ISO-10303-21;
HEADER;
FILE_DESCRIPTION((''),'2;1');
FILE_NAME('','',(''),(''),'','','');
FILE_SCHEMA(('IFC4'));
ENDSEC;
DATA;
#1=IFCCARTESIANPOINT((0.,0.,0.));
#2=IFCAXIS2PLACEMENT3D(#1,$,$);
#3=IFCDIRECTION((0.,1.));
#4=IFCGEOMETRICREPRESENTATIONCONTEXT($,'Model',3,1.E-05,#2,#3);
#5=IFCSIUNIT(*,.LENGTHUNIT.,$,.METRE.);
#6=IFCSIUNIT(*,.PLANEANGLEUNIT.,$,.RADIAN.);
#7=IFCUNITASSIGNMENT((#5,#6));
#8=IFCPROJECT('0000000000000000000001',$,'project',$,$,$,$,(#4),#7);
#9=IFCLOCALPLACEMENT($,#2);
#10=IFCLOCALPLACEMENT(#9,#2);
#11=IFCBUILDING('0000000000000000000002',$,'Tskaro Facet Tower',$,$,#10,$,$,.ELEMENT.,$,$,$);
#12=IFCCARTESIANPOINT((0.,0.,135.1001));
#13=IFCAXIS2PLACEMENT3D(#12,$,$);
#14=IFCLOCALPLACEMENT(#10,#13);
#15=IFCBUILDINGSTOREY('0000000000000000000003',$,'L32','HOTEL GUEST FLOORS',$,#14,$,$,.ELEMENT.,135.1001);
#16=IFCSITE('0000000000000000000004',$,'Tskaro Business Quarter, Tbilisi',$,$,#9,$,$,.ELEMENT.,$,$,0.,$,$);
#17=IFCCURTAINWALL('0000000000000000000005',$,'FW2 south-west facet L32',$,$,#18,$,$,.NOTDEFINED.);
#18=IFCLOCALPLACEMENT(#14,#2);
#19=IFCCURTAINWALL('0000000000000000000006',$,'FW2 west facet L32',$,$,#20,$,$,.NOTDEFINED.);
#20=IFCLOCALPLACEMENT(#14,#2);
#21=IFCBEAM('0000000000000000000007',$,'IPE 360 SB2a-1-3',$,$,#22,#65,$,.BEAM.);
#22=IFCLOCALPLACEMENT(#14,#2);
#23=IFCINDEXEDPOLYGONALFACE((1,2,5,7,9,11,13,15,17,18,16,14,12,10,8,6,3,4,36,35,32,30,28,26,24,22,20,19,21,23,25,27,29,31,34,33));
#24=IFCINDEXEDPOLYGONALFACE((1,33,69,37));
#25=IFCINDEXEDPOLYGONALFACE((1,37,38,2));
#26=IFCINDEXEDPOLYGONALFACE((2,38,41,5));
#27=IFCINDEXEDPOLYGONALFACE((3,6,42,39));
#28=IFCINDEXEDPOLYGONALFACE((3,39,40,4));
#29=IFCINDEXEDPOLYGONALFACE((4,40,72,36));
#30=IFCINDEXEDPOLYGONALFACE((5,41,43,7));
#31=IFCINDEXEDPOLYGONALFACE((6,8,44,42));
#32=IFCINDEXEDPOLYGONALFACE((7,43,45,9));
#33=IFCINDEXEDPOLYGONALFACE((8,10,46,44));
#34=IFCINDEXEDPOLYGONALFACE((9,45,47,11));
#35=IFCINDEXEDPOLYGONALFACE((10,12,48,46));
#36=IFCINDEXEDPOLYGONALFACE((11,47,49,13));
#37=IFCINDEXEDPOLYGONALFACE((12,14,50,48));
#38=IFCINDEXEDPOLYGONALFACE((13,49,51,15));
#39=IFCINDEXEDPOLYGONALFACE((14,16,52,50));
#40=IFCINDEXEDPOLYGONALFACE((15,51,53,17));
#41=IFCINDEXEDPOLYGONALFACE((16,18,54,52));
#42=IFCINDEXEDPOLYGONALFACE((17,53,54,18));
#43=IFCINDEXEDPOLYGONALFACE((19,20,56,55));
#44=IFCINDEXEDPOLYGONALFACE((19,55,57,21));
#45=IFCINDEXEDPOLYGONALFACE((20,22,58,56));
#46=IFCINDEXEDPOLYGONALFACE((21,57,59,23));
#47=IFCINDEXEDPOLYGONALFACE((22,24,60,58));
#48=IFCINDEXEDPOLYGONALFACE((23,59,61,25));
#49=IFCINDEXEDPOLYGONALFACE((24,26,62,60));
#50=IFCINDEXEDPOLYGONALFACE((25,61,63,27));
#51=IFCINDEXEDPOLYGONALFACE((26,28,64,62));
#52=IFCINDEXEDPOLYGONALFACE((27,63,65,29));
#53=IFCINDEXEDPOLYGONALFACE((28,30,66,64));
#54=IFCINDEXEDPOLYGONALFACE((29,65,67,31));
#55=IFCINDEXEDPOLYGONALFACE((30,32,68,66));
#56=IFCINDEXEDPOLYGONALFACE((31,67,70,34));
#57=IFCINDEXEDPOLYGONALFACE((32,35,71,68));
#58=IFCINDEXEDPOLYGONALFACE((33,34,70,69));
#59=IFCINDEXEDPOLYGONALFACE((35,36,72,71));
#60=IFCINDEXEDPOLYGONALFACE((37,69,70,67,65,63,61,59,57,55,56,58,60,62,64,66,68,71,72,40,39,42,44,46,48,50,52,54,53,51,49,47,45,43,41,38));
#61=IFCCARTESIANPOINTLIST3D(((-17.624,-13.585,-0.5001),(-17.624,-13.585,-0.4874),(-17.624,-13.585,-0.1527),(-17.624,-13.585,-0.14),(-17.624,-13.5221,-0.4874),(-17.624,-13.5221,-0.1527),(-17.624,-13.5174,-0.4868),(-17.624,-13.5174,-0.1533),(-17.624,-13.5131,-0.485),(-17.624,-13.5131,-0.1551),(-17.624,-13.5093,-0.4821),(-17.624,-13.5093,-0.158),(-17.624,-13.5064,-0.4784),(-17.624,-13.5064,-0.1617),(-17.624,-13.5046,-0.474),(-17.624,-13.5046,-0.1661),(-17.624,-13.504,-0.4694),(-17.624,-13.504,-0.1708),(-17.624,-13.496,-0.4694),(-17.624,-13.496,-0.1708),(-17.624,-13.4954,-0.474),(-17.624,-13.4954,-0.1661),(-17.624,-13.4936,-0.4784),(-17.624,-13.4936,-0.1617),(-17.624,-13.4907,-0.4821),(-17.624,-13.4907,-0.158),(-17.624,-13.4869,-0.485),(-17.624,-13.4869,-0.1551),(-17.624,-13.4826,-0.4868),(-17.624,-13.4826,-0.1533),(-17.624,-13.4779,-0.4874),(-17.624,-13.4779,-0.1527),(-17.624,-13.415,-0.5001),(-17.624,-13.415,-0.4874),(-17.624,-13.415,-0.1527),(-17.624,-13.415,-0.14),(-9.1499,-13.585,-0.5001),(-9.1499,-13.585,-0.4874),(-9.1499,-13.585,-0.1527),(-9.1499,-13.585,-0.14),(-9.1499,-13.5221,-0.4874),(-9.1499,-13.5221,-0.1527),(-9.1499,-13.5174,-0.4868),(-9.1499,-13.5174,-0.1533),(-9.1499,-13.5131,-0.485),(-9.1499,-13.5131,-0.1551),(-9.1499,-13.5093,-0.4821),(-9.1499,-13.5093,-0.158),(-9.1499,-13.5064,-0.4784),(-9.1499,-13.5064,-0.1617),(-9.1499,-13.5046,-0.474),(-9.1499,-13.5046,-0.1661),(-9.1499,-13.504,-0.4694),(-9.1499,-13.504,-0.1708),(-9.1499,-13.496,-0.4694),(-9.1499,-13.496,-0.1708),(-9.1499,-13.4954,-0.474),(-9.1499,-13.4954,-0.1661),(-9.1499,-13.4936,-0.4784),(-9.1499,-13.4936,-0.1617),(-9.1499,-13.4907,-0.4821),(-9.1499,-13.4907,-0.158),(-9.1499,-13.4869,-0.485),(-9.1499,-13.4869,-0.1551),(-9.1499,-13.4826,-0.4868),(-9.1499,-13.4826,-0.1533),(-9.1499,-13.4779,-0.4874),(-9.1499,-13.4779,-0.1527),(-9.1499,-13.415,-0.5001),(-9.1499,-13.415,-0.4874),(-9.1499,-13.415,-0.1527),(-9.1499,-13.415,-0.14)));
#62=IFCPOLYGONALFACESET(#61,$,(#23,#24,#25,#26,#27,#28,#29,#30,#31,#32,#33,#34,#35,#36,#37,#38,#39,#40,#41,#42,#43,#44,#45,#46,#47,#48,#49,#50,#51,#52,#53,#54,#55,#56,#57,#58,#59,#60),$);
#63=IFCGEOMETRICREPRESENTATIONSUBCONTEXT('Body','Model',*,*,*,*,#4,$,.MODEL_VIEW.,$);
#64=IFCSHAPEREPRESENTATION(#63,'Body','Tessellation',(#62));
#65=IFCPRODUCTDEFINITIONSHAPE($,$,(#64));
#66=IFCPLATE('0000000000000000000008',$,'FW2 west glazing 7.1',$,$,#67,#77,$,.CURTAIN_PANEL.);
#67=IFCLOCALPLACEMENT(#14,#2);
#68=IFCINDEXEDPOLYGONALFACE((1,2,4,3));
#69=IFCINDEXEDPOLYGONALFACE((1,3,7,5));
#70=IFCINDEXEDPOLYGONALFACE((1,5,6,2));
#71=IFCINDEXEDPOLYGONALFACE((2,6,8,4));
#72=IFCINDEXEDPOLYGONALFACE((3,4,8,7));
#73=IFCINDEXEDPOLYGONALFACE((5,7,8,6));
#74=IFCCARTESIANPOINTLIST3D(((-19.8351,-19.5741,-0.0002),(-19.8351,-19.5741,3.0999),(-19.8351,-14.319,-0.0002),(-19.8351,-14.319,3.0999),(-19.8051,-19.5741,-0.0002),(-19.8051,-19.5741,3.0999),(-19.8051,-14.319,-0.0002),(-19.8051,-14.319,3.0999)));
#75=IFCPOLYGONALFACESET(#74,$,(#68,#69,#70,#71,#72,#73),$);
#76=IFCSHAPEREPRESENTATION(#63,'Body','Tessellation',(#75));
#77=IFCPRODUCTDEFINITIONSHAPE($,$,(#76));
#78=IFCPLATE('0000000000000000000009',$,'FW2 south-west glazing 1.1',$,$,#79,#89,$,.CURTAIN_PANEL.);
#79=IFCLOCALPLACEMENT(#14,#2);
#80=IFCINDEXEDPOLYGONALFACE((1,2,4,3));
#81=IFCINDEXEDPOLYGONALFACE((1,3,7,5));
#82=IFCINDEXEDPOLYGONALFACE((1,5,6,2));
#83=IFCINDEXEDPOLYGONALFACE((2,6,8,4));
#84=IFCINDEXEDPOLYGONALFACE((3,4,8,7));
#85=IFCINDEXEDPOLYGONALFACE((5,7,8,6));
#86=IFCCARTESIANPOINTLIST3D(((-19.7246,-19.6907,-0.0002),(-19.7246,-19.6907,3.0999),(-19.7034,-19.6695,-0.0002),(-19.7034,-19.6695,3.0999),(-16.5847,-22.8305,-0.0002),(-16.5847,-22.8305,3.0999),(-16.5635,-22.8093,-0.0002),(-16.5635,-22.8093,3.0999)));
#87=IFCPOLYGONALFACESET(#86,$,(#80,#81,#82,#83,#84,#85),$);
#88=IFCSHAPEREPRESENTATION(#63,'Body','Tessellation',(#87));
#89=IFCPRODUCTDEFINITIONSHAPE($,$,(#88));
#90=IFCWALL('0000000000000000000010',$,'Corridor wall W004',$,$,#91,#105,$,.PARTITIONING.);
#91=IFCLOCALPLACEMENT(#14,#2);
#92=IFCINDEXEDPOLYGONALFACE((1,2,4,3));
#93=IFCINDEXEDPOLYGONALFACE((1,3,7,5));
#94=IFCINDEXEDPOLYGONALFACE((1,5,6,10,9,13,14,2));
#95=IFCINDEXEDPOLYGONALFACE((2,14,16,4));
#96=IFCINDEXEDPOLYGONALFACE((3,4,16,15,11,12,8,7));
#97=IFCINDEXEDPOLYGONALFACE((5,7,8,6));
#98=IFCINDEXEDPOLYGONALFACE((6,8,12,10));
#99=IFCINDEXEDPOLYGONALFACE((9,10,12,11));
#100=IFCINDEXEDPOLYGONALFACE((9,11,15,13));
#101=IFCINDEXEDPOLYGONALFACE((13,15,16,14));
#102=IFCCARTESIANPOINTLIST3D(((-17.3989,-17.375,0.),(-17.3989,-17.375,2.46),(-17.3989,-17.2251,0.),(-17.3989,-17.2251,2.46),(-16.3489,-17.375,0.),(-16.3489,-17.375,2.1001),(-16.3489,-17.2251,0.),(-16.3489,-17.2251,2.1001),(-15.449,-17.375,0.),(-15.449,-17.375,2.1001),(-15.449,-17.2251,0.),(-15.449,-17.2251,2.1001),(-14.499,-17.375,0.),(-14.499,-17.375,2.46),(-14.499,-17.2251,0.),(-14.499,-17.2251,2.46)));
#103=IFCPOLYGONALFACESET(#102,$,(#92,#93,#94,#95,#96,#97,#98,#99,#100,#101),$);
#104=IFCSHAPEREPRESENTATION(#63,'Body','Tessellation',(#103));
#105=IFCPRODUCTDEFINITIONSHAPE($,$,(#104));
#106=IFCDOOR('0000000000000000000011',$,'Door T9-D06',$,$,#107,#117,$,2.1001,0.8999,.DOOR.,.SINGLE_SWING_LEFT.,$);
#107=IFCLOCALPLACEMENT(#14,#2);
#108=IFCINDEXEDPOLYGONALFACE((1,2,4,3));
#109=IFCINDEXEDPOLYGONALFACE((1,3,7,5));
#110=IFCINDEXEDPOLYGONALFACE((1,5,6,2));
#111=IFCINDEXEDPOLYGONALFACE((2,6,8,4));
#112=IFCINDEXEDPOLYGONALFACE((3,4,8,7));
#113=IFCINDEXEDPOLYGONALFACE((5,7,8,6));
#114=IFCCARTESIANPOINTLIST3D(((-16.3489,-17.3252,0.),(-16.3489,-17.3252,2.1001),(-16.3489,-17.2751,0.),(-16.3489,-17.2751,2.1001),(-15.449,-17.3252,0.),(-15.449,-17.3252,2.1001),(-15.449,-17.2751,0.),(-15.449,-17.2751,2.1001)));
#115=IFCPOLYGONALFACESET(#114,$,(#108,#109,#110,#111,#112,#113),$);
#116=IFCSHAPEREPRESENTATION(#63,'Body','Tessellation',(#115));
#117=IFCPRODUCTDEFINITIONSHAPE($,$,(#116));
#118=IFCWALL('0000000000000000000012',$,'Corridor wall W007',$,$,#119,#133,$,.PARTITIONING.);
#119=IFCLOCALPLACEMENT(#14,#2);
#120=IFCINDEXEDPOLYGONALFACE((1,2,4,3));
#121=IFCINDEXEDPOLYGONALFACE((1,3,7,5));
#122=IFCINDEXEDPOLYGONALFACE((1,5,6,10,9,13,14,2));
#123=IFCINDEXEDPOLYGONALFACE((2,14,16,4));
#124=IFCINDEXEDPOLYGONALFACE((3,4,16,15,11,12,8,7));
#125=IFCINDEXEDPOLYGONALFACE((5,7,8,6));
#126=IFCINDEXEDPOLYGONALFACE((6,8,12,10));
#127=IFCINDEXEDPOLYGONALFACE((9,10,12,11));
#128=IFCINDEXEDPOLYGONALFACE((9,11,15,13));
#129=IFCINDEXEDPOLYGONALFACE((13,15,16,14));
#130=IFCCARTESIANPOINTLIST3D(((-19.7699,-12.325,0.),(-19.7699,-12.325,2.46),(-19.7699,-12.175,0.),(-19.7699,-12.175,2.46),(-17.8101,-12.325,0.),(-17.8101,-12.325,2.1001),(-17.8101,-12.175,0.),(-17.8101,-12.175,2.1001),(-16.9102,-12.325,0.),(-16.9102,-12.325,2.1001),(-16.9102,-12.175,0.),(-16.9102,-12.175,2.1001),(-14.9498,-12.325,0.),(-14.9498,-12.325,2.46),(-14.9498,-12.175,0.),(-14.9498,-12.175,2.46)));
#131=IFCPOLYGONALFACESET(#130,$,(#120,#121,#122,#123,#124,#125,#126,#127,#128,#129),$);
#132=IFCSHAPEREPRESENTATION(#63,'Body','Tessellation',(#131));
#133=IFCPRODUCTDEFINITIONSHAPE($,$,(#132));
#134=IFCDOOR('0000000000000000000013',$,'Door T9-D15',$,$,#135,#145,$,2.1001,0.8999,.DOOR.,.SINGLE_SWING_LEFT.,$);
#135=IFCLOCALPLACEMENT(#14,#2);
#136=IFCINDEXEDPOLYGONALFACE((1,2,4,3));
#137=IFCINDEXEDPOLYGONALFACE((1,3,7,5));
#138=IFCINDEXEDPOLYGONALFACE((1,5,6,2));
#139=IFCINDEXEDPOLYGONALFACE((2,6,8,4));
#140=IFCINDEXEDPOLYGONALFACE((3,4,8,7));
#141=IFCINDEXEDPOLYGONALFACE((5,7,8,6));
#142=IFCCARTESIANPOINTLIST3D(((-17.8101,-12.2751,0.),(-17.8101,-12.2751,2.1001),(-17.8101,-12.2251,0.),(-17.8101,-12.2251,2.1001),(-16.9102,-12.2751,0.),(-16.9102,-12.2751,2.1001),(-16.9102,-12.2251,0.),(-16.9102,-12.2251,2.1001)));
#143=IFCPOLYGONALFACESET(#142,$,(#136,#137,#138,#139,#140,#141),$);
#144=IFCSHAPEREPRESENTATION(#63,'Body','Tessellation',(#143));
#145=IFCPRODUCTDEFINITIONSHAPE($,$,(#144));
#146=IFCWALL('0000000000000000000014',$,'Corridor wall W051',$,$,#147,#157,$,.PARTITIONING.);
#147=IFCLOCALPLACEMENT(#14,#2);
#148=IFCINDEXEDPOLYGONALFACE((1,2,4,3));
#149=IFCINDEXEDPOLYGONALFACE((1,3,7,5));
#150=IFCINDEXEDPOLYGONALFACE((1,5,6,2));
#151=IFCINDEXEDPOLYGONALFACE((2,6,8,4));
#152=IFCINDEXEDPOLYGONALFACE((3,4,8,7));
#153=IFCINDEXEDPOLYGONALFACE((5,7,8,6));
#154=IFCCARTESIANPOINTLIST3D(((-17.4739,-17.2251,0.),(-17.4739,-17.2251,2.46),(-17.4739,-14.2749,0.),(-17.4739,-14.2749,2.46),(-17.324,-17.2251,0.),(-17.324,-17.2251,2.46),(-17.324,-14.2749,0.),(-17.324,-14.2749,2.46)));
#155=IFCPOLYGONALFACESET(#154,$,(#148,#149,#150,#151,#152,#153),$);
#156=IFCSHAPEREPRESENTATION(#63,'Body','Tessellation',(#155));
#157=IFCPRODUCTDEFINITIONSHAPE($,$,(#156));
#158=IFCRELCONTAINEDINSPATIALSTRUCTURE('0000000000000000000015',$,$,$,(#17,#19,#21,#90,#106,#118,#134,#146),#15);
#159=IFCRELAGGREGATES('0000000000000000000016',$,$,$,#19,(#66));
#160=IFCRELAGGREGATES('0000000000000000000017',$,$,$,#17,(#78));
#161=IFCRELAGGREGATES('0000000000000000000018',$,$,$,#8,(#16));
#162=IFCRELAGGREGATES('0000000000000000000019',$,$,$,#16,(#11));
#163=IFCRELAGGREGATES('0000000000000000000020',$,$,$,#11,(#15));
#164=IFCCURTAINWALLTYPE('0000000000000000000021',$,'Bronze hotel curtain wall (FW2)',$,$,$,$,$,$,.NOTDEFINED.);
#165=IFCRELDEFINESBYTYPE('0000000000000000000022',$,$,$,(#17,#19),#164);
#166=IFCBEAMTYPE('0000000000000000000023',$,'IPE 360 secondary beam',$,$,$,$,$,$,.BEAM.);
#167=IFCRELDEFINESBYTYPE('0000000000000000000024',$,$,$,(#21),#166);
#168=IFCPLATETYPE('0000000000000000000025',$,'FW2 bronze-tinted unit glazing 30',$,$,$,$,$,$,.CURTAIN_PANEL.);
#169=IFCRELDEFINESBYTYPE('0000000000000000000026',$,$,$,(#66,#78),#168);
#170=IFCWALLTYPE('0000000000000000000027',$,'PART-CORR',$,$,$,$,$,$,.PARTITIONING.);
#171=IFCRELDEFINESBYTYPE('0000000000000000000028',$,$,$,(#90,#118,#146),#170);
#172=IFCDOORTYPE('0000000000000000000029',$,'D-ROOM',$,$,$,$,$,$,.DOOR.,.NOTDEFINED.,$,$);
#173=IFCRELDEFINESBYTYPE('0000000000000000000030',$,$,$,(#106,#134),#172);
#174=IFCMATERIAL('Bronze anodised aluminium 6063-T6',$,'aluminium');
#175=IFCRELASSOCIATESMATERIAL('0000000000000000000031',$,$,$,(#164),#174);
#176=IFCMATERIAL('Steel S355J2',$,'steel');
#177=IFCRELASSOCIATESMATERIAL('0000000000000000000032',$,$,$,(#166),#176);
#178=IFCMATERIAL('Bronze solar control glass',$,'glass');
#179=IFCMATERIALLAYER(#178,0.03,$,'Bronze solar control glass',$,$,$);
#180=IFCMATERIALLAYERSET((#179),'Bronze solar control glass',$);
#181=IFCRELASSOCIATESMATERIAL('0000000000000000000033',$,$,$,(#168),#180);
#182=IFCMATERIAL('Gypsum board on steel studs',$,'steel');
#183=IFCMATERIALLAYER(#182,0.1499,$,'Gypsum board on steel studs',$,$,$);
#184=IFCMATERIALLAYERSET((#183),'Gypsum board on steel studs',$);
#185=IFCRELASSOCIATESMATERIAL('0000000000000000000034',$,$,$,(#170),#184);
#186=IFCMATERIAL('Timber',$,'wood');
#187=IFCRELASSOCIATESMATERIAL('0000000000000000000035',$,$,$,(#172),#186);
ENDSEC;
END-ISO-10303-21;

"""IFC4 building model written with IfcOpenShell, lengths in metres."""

from ifc_helpers import new_model, si_unit, direction, frame, frame_2d, origin, origin_2d, place, context, subcontext, project, spatial, rectangle, i_section, extrude, material, layer, layer_set, material_profile, profile_set, type_object, element, fill, aggregate, save


model = new_model("IFC4")

# Units and contexts
model_context = context("Model", 3, precision=1e-05, world=origin(), true_north=direction((0.0, 1.0)))
body_context = subcontext(model_context, "Body", "Model", "MODEL_VIEW")
ifc_project = project(units=[si_unit("LENGTHUNIT", "METRE"), si_unit("PLANEANGLEUNIT", "RADIAN")], contexts=[model_context])

# Site, building, storey
site_placement = place(None, origin())
site = spatial("IfcSite", under=ifc_project, at=site_placement, Name="Tskaro Business Quarter, Tbilisi", CompositionType="ELEMENT", RefElevation=0.0)
building_placement = place(site_placement, origin())
building = spatial("IfcBuilding", under=site, at=building_placement, Name="Tskaro Facet Tower", CompositionType="ELEMENT")
storey_placement = place(building_placement, frame((0.0, 0.0, 135.1001)))
storey = spatial("IfcBuildingStorey", under=building, at=storey_placement, Name="L32", Description="HOTEL GUEST FLOORS", CompositionType="ELEMENT", Elevation=135.1001)

# Curtain walls
ifc_material_1 = material(Name="Bronze anodised aluminium 6063-T6", Category="aluminium")
curtain_wall_type = type_object("IfcCurtainWallType", Name="Bronze hotel curtain wall (FW2)", PredefinedType="NOTDEFINED", material=ifc_material_1)
curtain_wall_1_placement = place(storey_placement, origin())
curtain_wall_1 = element("IfcCurtainWall", 1, at=curtain_wall_1_placement, inside=storey, type_object=curtain_wall_type, Name="FW2 south-west facet L32", PredefinedType="NOTDEFINED")
curtain_wall_2_placement = place(storey_placement, origin())
curtain_wall_2 = element("IfcCurtainWall", 2, at=curtain_wall_2_placement, inside=storey, type_object=curtain_wall_type, Name="FW2 west facet L32", PredefinedType="NOTDEFINED")

# Beam
ifc_material_2 = material(Name="Steel S355J2", Category="steel")
ifc_material_profile_1 = material_profile(ifc_material_2, i_section(OverallWidth=0.1699, OverallDepth=0.3601, WebThickness=0.0081, FlangeThickness=0.0127, FilletRadius=0.0181, at=origin_2d()), Name="IPE 360")
ifc_profile_set_1 = profile_set([ifc_material_profile_1], Name="Steel S355J2")
beam_type_1 = type_object("IfcBeamType", Name="IPE 360 secondary beam", PredefinedType="BEAM", material=ifc_profile_set_1)
beam_1_placement = place(storey_placement, frame((-17.624, -13.5, -0.3201), z_axis=(1.0, 0.0, 0.0), x_axis=(0.0, 1.0, 0.0)))
element("IfcBeam", 3, at=beam_1_placement, inside=storey, type_object=beam_type_1, Name="IPE 360 SB2a-1-3", PredefinedType="BEAM", context=body_context, shape_type="SweptSolid", body=[
    extrude(i_section(OverallWidth=0.1699, OverallDepth=0.3601, WebThickness=0.0081, FlangeThickness=0.0127, FilletRadius=0.0181, at=origin_2d()), origin(), (0.0, 0.0, 1.0), 8.4741),
])

# Plates
ifc_material_3 = material(Name="Bronze solar control glass", Category="glass")
ifc_layer_1 = layer(ifc_material_3, 0.03, Name="Bronze solar control glass")
ifc_layer_set_1 = layer_set([ifc_layer_1], Name="Bronze solar control glass")
plate_type = type_object("IfcPlateType", Name="FW2 bronze-tinted unit glazing 30", PredefinedType="CURTAIN_PANEL", material=ifc_layer_set_1)
plate_1_placement = place(storey_placement, frame((-19.8201, -16.9465, -0.0002), z_axis=(0.0, 0.0, 1.0), x_axis=(0.0, -1.0, 0.0)))
plate_1 = element("IfcPlate", 4, at=plate_1_placement, type_object=plate_type, Name="FW2 west glazing 7.1", PredefinedType="CURTAIN_PANEL", context=body_context, shape_type="SweptSolid", body=[
    extrude(rectangle(XDim=5.2551, YDim=0.03, at=origin_2d()), origin(), (0.0, 0.0, 1.0), 3.1001),
])
aggregate(curtain_wall_2, [plate_1])
plate_2_placement = place(storey_placement, frame((-18.144, -21.25, -0.0002), z_axis=(0.0, 0.0, 1.0), x_axis=(0.707107, -0.707107, 0.0)))
plate_2 = element("IfcPlate", 5, at=plate_2_placement, type_object=plate_type, Name="FW2 south-west glazing 1.1", PredefinedType="CURTAIN_PANEL", context=body_context, shape_type="SweptSolid", body=[
    extrude(rectangle(XDim=4.4404, YDim=0.03, at=origin_2d()), origin(), (0.0, 0.0, 1.0), 3.1001),
])
aggregate(curtain_wall_1, [plate_2])

# Walls, openings, doors
ifc_material_4 = material(Name="Gypsum board on steel studs", Category="steel")
ifc_layer_2 = layer(ifc_material_4, 0.1499, Name="Gypsum board on steel studs")
ifc_layer_set_2 = layer_set([ifc_layer_2], Name="Gypsum board on steel studs")
wall_type_1 = type_object("IfcWallType", Name="PART-CORR", PredefinedType="PARTITIONING", material=ifc_layer_set_2)
wall_1_placement = place(storey_placement, frame((-17.3989, -17.3, 0.0), z_axis=(0.0, 0.0, 1.0), x_axis=(1.0, 0.0, 0.0)))
wall_1 = element("IfcWall", 6, at=wall_1_placement, inside=storey, type_object=wall_type_1, Name="Corridor wall W004", PredefinedType="PARTITIONING", context=body_context, shape_type="SweptSolid", body=[
    extrude(rectangle(XDim=2.8999, YDim=0.1499, at=frame_2d((1.45, 0.0))), origin(), (0.0, 0.0, 1.0), 2.46),
])
opening_1_placement = place(wall_1_placement, frame((1.05, 0.0, 0.0)))
opening_1 = element("IfcOpeningElement", 7, at=opening_1_placement, cuts=wall_1, PredefinedType="OPENING", context=body_context, shape_type="SweptSolid", body=[
    extrude(rectangle(XDim=0.8999, YDim=2.1001, at=frame_2d((0.45, 1.05))), frame((0.0, 0.085, 0.0), z_axis=(0.0, -1.0, 0.0), x_axis=(1.0, 0.0, 0.0)), (0.0, 0.0, 1.0), 0.1699),
])
ifc_material_5 = material(Name="Timber", Category="wood")
door_type_1 = type_object("IfcDoorType", Name="D-ROOM", OperationType="NOTDEFINED", PredefinedType="DOOR", material=ifc_material_5)
door_1_placement = place(opening_1_placement, origin())
door_1 = element("IfcDoor", 8, at=door_1_placement, inside=storey, type_object=door_type_1, Name="Door T9-D06", OperationType="SINGLE_SWING_LEFT", OverallHeight=2.1001, OverallWidth=0.8999, PredefinedType="DOOR", context=body_context, shape_type="SweptSolid", body=[
    extrude(rectangle(XDim=0.8999, YDim=2.1001, at=frame_2d((0.45, 1.05))), frame((0.0, 0.0249, 0.0), z_axis=(0.0, -1.0, 0.0), x_axis=(1.0, 0.0, 0.0)), (0.0, 0.0, 1.0), 0.05),
])
fill(opening_1, door_1)
wall_2_placement = place(storey_placement, frame((-19.77, -12.25, 0.0), z_axis=(0.0, 0.0, 1.0), x_axis=(1.0, 0.0, 0.0)))
wall_2 = element("IfcWall", 9, at=wall_2_placement, inside=storey, type_object=wall_type_1, Name="Corridor wall W007", PredefinedType="PARTITIONING", context=body_context, shape_type="SweptSolid", body=[
    extrude(rectangle(XDim=4.8201, YDim=0.1499, at=frame_2d((2.4102, 0.0))), origin(), (0.0, 0.0, 1.0), 2.46),
])
opening_2_placement = place(wall_2_placement, frame((1.96, 0.0, 0.0)))
opening_2 = element("IfcOpeningElement", 10, at=opening_2_placement, cuts=wall_2, PredefinedType="OPENING", context=body_context, shape_type="SweptSolid", body=[
    extrude(rectangle(XDim=0.8999, YDim=2.1001, at=frame_2d((0.45, 1.05))), frame((0.0, 0.085, 0.0), z_axis=(0.0, -1.0, 0.0), x_axis=(1.0, 0.0, 0.0)), (0.0, 0.0, 1.0), 0.1699),
])
door_2_placement = place(opening_2_placement, origin())
door_2 = element("IfcDoor", 11, at=door_2_placement, inside=storey, type_object=door_type_1, Name="Door T9-D15", OperationType="SINGLE_SWING_LEFT", OverallHeight=2.1001, OverallWidth=0.8999, PredefinedType="DOOR", context=body_context, shape_type="SweptSolid", body=[
    extrude(rectangle(XDim=0.8999, YDim=2.1001, at=frame_2d((0.45, 1.05))), frame((0.0, 0.0249, 0.0), z_axis=(0.0, -1.0, 0.0), x_axis=(1.0, 0.0, 0.0)), (0.0, 0.0, 1.0), 0.05),
])
fill(opening_2, door_2)

# Wall
wall_3_placement = place(storey_placement, frame((-17.3989, -17.2251, 0.0), z_axis=(0.0, 0.0, 1.0), x_axis=(0.0, 1.0, 0.0)))
element("IfcWall", 12, at=wall_3_placement, inside=storey, type_object=wall_type_1, Name="Corridor wall W051", PredefinedType="PARTITIONING", context=body_context, shape_type="SweptSolid", body=[
    extrude(rectangle(XDim=2.9502, YDim=0.1499, at=frame_2d((1.4751, 0.0))), origin(), (0.0, 0.0, 1.0), 2.46),
])

save(model, "model.ifc")
